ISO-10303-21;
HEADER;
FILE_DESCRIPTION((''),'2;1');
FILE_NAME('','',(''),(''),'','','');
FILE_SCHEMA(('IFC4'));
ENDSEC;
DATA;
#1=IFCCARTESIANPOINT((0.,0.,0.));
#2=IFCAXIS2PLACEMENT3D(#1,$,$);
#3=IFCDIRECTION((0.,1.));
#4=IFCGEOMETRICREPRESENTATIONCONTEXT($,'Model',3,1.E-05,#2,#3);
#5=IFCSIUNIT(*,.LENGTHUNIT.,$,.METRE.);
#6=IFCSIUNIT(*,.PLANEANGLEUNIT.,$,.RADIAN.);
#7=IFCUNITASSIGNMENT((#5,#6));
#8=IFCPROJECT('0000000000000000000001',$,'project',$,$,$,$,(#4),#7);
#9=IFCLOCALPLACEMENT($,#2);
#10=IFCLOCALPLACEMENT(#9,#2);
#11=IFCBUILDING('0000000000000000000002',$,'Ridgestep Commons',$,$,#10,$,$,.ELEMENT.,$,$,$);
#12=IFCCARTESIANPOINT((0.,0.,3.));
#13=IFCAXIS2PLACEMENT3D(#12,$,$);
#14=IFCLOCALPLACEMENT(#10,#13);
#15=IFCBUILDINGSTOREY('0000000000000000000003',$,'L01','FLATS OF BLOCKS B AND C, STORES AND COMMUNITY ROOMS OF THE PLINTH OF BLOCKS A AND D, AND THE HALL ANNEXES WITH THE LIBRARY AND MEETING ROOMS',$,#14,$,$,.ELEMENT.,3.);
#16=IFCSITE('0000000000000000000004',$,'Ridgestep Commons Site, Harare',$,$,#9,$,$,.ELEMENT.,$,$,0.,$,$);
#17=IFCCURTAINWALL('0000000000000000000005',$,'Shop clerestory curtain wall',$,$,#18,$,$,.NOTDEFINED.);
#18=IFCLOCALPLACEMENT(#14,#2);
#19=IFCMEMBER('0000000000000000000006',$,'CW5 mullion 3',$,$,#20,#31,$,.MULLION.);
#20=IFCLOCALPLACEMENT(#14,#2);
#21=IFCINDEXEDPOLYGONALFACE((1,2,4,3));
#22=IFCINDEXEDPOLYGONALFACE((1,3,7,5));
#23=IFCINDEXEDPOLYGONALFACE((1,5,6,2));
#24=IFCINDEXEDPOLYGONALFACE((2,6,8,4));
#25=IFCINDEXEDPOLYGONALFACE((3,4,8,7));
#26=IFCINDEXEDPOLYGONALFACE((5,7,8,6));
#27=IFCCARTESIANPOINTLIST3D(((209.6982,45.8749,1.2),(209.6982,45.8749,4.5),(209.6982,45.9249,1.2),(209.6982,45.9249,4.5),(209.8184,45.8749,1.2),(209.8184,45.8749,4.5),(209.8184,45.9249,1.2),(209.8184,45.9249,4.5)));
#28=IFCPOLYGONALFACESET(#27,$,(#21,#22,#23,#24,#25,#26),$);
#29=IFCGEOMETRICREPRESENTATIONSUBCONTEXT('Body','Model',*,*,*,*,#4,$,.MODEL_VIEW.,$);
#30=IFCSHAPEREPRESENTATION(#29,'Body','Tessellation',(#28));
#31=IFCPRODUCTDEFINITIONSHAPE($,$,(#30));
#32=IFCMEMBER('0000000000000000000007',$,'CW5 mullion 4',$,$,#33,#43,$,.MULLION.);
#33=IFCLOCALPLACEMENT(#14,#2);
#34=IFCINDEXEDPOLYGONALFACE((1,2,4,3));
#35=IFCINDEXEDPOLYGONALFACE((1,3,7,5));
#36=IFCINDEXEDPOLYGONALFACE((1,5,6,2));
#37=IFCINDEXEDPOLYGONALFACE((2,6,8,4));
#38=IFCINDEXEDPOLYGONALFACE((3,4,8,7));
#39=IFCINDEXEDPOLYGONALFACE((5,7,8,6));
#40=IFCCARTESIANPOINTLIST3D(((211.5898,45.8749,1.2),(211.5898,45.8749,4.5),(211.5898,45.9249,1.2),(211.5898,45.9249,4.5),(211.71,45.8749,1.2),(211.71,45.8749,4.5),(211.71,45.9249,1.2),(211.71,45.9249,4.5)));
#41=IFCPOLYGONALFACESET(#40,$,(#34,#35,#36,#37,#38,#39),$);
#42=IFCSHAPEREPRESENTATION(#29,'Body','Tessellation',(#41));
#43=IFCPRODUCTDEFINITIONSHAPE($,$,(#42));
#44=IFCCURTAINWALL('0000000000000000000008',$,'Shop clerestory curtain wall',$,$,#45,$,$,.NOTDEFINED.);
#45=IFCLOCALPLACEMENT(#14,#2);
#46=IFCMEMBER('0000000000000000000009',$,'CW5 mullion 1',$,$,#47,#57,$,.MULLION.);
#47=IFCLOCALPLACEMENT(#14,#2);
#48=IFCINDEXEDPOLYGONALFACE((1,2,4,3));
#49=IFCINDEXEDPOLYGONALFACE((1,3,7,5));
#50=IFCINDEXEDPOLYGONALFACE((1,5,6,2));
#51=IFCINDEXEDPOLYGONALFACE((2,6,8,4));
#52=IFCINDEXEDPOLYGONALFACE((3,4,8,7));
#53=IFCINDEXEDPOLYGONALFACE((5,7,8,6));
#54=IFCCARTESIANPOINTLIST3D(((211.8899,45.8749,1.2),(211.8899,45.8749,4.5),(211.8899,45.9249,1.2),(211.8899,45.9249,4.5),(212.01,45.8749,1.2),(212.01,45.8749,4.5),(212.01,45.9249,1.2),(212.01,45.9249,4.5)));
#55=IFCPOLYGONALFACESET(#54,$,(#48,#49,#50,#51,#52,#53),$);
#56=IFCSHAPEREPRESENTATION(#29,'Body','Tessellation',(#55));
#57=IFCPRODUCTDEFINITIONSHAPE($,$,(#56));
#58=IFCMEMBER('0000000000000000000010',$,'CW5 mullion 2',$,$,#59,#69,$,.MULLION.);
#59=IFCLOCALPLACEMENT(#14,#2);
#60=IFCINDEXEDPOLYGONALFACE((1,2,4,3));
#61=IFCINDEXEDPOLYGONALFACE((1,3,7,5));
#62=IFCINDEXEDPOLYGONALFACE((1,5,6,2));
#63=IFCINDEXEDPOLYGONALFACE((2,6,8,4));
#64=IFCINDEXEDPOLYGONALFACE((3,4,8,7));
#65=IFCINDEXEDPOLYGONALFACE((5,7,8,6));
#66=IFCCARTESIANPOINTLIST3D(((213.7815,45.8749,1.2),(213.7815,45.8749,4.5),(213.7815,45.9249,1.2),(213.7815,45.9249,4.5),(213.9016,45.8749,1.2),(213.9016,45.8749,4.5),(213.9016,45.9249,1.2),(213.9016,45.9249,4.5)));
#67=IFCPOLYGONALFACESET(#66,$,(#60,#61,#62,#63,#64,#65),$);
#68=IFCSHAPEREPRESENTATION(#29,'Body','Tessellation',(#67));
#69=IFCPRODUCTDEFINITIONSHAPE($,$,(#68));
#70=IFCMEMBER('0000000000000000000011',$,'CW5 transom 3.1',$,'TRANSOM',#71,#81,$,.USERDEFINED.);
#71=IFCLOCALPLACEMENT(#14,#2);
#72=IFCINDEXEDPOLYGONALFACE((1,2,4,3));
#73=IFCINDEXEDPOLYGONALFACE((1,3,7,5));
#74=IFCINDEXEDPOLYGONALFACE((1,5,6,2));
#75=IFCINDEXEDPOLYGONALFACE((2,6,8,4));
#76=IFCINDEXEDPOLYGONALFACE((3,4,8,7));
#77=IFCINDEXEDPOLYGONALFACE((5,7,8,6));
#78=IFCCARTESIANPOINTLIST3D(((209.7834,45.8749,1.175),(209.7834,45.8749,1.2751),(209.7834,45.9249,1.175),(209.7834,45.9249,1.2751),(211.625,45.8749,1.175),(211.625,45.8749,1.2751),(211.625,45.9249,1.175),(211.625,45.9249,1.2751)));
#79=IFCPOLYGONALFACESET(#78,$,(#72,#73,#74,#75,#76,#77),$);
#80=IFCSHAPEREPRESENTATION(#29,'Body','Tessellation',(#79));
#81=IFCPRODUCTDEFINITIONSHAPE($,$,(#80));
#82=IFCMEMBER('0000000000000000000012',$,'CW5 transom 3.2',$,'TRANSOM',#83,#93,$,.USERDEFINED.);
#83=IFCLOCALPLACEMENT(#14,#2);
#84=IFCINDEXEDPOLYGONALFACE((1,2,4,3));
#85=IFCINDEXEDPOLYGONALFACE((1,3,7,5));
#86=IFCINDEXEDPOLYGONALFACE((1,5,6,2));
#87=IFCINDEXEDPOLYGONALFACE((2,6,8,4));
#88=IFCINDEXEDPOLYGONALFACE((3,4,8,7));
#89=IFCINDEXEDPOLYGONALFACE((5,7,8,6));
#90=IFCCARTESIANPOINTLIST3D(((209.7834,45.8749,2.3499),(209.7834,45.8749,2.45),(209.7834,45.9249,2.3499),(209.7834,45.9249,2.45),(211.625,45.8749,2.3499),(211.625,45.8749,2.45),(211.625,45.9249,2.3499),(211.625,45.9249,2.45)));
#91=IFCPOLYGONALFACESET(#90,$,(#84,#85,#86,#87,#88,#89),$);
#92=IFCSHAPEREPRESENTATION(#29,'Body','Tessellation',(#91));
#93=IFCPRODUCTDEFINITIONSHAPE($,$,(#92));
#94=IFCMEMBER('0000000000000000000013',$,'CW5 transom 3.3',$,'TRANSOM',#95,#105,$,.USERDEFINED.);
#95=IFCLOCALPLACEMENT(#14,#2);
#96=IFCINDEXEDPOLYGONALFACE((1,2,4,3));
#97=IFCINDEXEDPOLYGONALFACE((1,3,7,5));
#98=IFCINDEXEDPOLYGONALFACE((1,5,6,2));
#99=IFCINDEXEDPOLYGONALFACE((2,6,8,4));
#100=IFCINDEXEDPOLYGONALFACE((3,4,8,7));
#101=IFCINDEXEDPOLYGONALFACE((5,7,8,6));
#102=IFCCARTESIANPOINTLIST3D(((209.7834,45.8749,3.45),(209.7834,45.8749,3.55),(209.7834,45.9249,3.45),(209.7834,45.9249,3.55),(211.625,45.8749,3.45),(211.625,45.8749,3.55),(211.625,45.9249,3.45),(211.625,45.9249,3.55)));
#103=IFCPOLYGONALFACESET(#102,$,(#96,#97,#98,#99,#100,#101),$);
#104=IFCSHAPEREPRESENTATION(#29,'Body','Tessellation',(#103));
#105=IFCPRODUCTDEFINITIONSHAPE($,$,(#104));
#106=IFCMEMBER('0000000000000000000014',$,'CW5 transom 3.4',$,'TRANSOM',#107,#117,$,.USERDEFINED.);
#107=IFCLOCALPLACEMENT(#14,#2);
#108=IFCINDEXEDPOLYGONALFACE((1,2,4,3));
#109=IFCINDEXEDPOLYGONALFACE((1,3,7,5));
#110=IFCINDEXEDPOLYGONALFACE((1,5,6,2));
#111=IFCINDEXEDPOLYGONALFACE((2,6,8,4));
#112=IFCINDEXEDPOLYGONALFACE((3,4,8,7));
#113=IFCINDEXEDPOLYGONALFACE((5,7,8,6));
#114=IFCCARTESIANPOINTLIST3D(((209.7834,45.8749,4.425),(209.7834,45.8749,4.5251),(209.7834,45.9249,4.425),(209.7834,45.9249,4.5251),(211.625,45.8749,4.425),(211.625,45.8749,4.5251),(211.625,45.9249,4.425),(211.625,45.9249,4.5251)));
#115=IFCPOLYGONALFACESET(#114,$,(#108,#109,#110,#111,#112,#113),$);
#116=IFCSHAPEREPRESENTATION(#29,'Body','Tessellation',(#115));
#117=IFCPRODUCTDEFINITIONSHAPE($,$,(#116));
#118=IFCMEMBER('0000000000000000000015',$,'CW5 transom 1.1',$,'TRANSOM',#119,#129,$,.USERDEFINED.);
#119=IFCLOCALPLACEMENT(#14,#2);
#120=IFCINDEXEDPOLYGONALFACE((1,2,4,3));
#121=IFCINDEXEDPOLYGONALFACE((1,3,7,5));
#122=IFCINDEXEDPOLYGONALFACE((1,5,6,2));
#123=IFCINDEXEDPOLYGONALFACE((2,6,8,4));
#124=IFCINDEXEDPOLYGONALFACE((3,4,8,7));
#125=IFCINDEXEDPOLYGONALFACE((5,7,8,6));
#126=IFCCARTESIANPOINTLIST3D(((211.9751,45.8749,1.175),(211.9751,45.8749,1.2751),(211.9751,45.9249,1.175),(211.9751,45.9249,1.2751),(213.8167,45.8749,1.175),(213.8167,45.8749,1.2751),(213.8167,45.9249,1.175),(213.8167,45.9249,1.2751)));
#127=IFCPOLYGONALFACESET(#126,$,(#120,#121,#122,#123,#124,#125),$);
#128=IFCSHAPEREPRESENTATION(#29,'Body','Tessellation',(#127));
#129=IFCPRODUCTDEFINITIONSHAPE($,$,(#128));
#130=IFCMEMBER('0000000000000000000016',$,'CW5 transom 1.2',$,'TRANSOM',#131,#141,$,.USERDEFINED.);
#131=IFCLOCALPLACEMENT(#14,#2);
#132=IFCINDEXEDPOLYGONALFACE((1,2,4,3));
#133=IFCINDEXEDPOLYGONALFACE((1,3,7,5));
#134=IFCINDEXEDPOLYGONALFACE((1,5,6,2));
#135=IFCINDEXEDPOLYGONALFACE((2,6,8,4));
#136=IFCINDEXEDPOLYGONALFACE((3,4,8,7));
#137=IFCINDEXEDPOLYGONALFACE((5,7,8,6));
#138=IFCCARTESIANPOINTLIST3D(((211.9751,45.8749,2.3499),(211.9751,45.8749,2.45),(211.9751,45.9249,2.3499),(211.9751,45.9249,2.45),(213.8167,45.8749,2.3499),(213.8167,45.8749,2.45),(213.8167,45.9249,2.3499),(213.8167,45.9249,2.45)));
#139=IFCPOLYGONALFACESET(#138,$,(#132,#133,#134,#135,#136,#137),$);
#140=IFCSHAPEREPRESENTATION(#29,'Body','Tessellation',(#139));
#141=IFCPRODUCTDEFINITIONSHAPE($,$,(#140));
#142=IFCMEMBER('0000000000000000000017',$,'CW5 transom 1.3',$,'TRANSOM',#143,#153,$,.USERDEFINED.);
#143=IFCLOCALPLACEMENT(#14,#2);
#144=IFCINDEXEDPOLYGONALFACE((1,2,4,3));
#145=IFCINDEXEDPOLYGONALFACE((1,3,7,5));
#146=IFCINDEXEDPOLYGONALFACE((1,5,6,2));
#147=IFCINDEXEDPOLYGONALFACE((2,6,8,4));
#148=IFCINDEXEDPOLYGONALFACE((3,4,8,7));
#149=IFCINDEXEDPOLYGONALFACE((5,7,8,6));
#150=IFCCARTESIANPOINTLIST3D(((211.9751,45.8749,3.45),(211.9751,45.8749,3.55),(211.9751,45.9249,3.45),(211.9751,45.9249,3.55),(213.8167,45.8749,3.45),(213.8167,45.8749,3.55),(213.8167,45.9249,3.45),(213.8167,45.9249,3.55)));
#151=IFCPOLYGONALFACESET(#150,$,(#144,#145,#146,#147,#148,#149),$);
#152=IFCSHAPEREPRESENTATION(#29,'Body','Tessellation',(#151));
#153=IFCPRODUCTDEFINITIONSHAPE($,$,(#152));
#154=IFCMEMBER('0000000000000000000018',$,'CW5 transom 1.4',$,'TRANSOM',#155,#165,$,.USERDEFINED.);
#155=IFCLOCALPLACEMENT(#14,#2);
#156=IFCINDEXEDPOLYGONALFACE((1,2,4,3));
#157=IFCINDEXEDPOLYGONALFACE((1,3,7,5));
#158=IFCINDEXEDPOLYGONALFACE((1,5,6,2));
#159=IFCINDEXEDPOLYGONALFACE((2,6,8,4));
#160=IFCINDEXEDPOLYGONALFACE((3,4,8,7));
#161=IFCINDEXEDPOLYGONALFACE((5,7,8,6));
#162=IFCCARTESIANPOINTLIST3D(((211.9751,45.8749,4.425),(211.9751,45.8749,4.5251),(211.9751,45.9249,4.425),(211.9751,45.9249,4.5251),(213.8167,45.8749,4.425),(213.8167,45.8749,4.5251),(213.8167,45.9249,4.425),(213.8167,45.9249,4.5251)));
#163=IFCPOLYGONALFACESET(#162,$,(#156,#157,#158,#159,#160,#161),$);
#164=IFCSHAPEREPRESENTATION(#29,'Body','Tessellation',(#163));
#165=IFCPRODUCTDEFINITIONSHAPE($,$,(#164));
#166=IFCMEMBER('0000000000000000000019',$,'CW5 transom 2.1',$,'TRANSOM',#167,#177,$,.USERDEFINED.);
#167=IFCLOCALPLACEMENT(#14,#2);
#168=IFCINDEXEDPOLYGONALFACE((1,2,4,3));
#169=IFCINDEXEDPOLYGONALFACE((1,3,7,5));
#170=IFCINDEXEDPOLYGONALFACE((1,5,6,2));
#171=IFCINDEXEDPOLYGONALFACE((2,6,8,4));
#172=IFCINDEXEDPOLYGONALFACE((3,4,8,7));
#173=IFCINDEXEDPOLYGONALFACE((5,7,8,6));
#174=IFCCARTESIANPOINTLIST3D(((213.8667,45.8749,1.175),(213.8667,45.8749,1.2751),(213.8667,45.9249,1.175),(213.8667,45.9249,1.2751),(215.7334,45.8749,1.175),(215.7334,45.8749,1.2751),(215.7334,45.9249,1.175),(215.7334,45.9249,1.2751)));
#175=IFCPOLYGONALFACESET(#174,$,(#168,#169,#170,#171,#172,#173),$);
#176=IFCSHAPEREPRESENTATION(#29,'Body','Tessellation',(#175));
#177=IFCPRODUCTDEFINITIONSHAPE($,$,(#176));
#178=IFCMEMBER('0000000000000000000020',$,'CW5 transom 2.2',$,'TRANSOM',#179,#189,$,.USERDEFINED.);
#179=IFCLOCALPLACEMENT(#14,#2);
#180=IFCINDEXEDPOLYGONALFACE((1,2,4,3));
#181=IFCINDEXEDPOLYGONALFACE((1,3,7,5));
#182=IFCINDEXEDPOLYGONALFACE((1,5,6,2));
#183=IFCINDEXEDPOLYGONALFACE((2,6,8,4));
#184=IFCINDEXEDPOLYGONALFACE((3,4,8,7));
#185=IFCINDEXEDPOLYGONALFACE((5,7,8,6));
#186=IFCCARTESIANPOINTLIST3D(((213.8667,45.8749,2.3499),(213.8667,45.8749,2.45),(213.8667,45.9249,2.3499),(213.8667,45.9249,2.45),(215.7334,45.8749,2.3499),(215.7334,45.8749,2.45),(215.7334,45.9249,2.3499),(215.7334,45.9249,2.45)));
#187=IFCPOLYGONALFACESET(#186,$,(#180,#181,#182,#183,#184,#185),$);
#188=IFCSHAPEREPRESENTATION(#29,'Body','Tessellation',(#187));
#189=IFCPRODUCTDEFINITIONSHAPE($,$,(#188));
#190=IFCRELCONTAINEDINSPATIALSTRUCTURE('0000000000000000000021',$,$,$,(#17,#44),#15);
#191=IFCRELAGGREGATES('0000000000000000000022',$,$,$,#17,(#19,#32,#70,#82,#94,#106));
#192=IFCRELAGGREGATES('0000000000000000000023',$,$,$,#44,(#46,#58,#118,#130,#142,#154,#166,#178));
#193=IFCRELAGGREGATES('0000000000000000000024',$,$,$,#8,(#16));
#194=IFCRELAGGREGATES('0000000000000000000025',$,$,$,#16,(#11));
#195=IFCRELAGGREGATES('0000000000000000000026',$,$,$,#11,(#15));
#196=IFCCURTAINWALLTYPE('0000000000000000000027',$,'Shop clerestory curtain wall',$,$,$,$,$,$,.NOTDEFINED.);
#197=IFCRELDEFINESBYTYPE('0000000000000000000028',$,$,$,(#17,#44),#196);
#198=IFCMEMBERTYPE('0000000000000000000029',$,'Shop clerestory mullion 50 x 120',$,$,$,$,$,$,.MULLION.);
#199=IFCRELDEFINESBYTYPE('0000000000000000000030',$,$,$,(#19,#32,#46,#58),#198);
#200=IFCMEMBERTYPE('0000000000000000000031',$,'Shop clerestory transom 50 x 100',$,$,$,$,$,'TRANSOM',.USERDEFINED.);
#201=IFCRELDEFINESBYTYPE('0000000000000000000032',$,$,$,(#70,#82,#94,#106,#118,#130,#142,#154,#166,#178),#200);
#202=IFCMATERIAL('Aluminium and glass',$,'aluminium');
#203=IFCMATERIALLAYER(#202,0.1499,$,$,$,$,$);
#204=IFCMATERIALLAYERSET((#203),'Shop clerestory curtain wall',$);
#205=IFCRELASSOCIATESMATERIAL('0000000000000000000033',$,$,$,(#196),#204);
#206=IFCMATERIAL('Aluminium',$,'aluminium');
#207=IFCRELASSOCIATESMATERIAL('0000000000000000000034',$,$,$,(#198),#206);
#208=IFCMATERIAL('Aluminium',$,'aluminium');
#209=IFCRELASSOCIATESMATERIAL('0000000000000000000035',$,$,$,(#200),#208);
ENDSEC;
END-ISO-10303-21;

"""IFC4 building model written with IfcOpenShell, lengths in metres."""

from ifc_helpers import new_model, si_unit, direction, frame, origin, origin_2d, place, context, subcontext, project, spatial, rectangle, extrude, material, layer, layer_set, material_profile, profile_set, type_object, element, aggregate, save


model = new_model("IFC4")

# Units and contexts
model_context = context("Model", 3, precision=1e-05, world=origin(), true_north=direction((0.0, 1.0)))
body_context = subcontext(model_context, "Body", "Model", "MODEL_VIEW")
ifc_project = project(units=[si_unit("LENGTHUNIT", "METRE"), si_unit("PLANEANGLEUNIT", "RADIAN")], contexts=[model_context])

# Site, building, storey
site_placement = place(None, origin())
site = spatial("IfcSite", under=ifc_project, at=site_placement, Name="Ridgestep Commons Site, Harare", CompositionType="ELEMENT", RefElevation=0.0)
building_placement = place(site_placement, origin())
building = spatial("IfcBuilding", under=site, at=building_placement, Name="Ridgestep Commons", CompositionType="ELEMENT")
storey_placement = place(building_placement, frame((0.0, 0.0, 3.0)))
storey = spatial("IfcBuildingStorey", under=building, at=storey_placement, Name="L01", Description="FLATS OF BLOCKS B AND C, STORES AND COMMUNITY ROOMS OF THE PLINTH OF BLOCKS A AND D, AND THE HALL ANNEXES WITH THE LIBRARY AND MEETING ROOMS", CompositionType="ELEMENT", Elevation=3.0)

# Curtain walls, members
ifc_material_1 = material(Name="Aluminium and glass", Category="aluminium")
ifc_layer_1 = layer(ifc_material_1, 0.1499)
ifc_layer_set_1 = layer_set([ifc_layer_1], Name="Shop clerestory curtain wall")
curtain_wall_type = type_object("IfcCurtainWallType", Name="Shop clerestory curtain wall", PredefinedType="NOTDEFINED", material=ifc_layer_set_1)
curtain_wall_1_placement = place(storey_placement, origin())
curtain_wall_1 = element("IfcCurtainWall", 1, at=curtain_wall_1_placement, inside=storey, type_object=curtain_wall_type, Name="Shop clerestory curtain wall", PredefinedType="NOTDEFINED")
ifc_material_2 = material(Name="Aluminium", Category="aluminium")
ifc_material_profile_1 = material_profile(ifc_material_2, rectangle(XDim=0.05, YDim=0.1201, at=origin_2d()), Name="Shop clerestory mullion 50 x 120")
ifc_profile_set_1 = profile_set([ifc_material_profile_1], Name="Aluminium")
member_type_1 = type_object("IfcMemberType", Name="Shop clerestory mullion 50 x 120", PredefinedType="MULLION", material=ifc_profile_set_1)
member_1_placement = place(storey_placement, frame((209.7583, 45.8999, 1.2), z_axis=(0.0, 0.0, 1.0), x_axis=(0.0, 1.0, 0.0)))
member_1 = element("IfcMember", 2, at=member_1_placement, type_object=member_type_1, Name="CW5 mullion 3", PredefinedType="MULLION", context=body_context, shape_type="SweptSolid", body=[
    extrude(rectangle(XDim=0.05, YDim=0.1201, at=origin_2d()), origin(), (0.0, 0.0, 1.0), 3.3),
])
member_2_placement = place(storey_placement, frame((211.6499, 45.8999, 1.2), z_axis=(0.0, 0.0, 1.0), x_axis=(0.0, 1.0, 0.0)))
member_2 = element("IfcMember", 3, at=member_2_placement, type_object=member_type_1, Name="CW5 mullion 4", PredefinedType="MULLION", context=body_context, shape_type="SweptSolid", body=[
    extrude(rectangle(XDim=0.05, YDim=0.1201, at=origin_2d()), origin(), (0.0, 0.0, 1.0), 3.3),
])
curtain_wall_2_placement = place(storey_placement, origin())
curtain_wall_2 = element("IfcCurtainWall", 4, at=curtain_wall_2_placement, inside=storey, type_object=curtain_wall_type, Name="Shop clerestory curtain wall", PredefinedType="NOTDEFINED")
member_3_placement = place(storey_placement, frame((211.95, 45.8999, 1.2), z_axis=(0.0, 0.0, 1.0), x_axis=(0.0, 1.0, 0.0)))
member_3 = element("IfcMember", 5, at=member_3_placement, type_object=member_type_1, Name="CW5 mullion 1", PredefinedType="MULLION", context=body_context, shape_type="SweptSolid", body=[
    extrude(rectangle(XDim=0.05, YDim=0.1201, at=origin_2d()), origin(), (0.0, 0.0, 1.0), 3.3),
])
member_4_placement = place(storey_placement, frame((213.8416, 45.8999, 1.2), z_axis=(0.0, 0.0, 1.0), x_axis=(0.0, 1.0, 0.0)))
member_4 = element("IfcMember", 6, at=member_4_placement, type_object=member_type_1, Name="CW5 mullion 2", PredefinedType="MULLION", context=body_context, shape_type="SweptSolid", body=[
    extrude(rectangle(XDim=0.05, YDim=0.1201, at=origin_2d()), origin(), (0.0, 0.0, 1.0), 3.3),
])

# Members
ifc_material_3 = material(Name="Aluminium", Category="aluminium")
ifc_material_profile_2 = material_profile(ifc_material_3, rectangle(XDim=0.05, YDim=0.1001, at=origin_2d()), Name="Shop clerestory transom 50 x 100")
ifc_profile_set_2 = profile_set([ifc_material_profile_2], Name="Aluminium")
member_type_2 = type_object("IfcMemberType", Name="Shop clerestory transom 50 x 100", ElementType="TRANSOM", PredefinedType="USERDEFINED", material=ifc_profile_set_2)
member_5_placement = place(storey_placement, frame((209.7834, 45.8999, 1.2251), z_axis=(1.0, 0.0, 0.0), x_axis=(0.0, 1.0, 0.0)))
member_5 = element("IfcMember", 7, at=member_5_placement, type_object=member_type_2, Name="CW5 transom 3.1", ObjectType="TRANSOM", PredefinedType="USERDEFINED", context=body_context, shape_type="SweptSolid", body=[
    extrude(rectangle(XDim=0.05, YDim=0.1001, at=origin_2d()), origin(), (0.0, 0.0, 1.0), 1.8416),
])
member_6_placement = place(storey_placement, frame((209.7834, 45.8999, 2.3999), z_axis=(1.0, 0.0, 0.0), x_axis=(0.0, 1.0, 0.0)))
member_6 = element("IfcMember", 8, at=member_6_placement, type_object=member_type_2, Name="CW5 transom 3.2", ObjectType="TRANSOM", PredefinedType="USERDEFINED", context=body_context, shape_type="SweptSolid", body=[
    extrude(rectangle(XDim=0.05, YDim=0.1001, at=origin_2d()), origin(), (0.0, 0.0, 1.0), 1.8416),
])
member_7_placement = place(storey_placement, frame((209.7834, 45.8999, 3.5), z_axis=(1.0, 0.0, 0.0), x_axis=(0.0, 1.0, 0.0)))
member_7 = element("IfcMember", 9, at=member_7_placement, type_object=member_type_2, Name="CW5 transom 3.3", ObjectType="TRANSOM", PredefinedType="USERDEFINED", context=body_context, shape_type="SweptSolid", body=[
    extrude(rectangle(XDim=0.05, YDim=0.1001, at=origin_2d()), origin(), (0.0, 0.0, 1.0), 1.8416),
])
member_8_placement = place(storey_placement, frame((209.7834, 45.8999, 4.4751), z_axis=(1.0, 0.0, 0.0), x_axis=(0.0, 1.0, 0.0)))
member_8 = element("IfcMember", 10, at=member_8_placement, type_object=member_type_2, Name="CW5 transom 3.4", ObjectType="TRANSOM", PredefinedType="USERDEFINED", context=body_context, shape_type="SweptSolid", body=[
    extrude(rectangle(XDim=0.05, YDim=0.1001, at=origin_2d()), origin(), (0.0, 0.0, 1.0), 1.8416),
])
member_9_placement = place(storey_placement, frame((211.9751, 45.8999, 1.2251), z_axis=(1.0, 0.0, 0.0), x_axis=(0.0, 1.0, 0.0)))
member_9 = element("IfcMember", 11, at=member_9_placement, type_object=member_type_2, Name="CW5 transom 1.1", ObjectType="TRANSOM", PredefinedType="USERDEFINED", context=body_context, shape_type="SweptSolid", body=[
    extrude(rectangle(XDim=0.05, YDim=0.1001, at=origin_2d()), origin(), (0.0, 0.0, 1.0), 1.8416),
])
member_10_placement = place(storey_placement, frame((211.9751, 45.8999, 2.3999), z_axis=(1.0, 0.0, 0.0), x_axis=(0.0, 1.0, 0.0)))
member_10 = element("IfcMember", 12, at=member_10_placement, type_object=member_type_2, Name="CW5 transom 1.2", ObjectType="TRANSOM", PredefinedType="USERDEFINED", context=body_context, shape_type="SweptSolid", body=[
    extrude(rectangle(XDim=0.05, YDim=0.1001, at=origin_2d()), origin(), (0.0, 0.0, 1.0), 1.8416),
])
member_11_placement = place(storey_placement, frame((211.9751, 45.8999, 3.5), z_axis=(1.0, 0.0, 0.0), x_axis=(0.0, 1.0, 0.0)))
member_11 = element("IfcMember", 13, at=member_11_placement, type_object=member_type_2, Name="CW5 transom 1.3", ObjectType="TRANSOM", PredefinedType="USERDEFINED", context=body_context, shape_type="SweptSolid", body=[
    extrude(rectangle(XDim=0.05, YDim=0.1001, at=origin_2d()), origin(), (0.0, 0.0, 1.0), 1.8416),
])
member_12_placement = place(storey_placement, frame((211.9751, 45.8999, 4.4751), z_axis=(1.0, 0.0, 0.0), x_axis=(0.0, 1.0, 0.0)))
member_12 = element("IfcMember", 14, at=member_12_placement, type_object=member_type_2, Name="CW5 transom 1.4", ObjectType="TRANSOM", PredefinedType="USERDEFINED", context=body_context, shape_type="SweptSolid", body=[
    extrude(rectangle(XDim=0.05, YDim=0.1001, at=origin_2d()), origin(), (0.0, 0.0, 1.0), 1.8416),
])
member_13_placement = place(storey_placement, frame((213.8667, 45.8999, 1.2251), z_axis=(1.0, 0.0, 0.0), x_axis=(0.0, 1.0, 0.0)))
member_13 = element("IfcMember", 15, at=member_13_placement, type_object=member_type_2, Name="CW5 transom 2.1", ObjectType="TRANSOM", PredefinedType="USERDEFINED", context=body_context, shape_type="SweptSolid", body=[
    extrude(rectangle(XDim=0.05, YDim=0.1001, at=origin_2d()), origin(), (0.0, 0.0, 1.0), 1.8667),
])
member_14_placement = place(storey_placement, frame((213.8667, 45.8999, 2.3999), z_axis=(1.0, 0.0, 0.0), x_axis=(0.0, 1.0, 0.0)))
member_14 = element("IfcMember", 16, at=member_14_placement, type_object=member_type_2, Name="CW5 transom 2.2", ObjectType="TRANSOM", PredefinedType="USERDEFINED", context=body_context, shape_type="SweptSolid", body=[
    extrude(rectangle(XDim=0.05, YDim=0.1001, at=origin_2d()), origin(), (0.0, 0.0, 1.0), 1.8667),
])

aggregate(curtain_wall_1, [member_1, member_2, member_5, member_6, member_7, member_8])
aggregate(curtain_wall_2, [member_3, member_4, member_9, member_10, member_11, member_12, member_13, member_14])

save(model, "model.ifc")
